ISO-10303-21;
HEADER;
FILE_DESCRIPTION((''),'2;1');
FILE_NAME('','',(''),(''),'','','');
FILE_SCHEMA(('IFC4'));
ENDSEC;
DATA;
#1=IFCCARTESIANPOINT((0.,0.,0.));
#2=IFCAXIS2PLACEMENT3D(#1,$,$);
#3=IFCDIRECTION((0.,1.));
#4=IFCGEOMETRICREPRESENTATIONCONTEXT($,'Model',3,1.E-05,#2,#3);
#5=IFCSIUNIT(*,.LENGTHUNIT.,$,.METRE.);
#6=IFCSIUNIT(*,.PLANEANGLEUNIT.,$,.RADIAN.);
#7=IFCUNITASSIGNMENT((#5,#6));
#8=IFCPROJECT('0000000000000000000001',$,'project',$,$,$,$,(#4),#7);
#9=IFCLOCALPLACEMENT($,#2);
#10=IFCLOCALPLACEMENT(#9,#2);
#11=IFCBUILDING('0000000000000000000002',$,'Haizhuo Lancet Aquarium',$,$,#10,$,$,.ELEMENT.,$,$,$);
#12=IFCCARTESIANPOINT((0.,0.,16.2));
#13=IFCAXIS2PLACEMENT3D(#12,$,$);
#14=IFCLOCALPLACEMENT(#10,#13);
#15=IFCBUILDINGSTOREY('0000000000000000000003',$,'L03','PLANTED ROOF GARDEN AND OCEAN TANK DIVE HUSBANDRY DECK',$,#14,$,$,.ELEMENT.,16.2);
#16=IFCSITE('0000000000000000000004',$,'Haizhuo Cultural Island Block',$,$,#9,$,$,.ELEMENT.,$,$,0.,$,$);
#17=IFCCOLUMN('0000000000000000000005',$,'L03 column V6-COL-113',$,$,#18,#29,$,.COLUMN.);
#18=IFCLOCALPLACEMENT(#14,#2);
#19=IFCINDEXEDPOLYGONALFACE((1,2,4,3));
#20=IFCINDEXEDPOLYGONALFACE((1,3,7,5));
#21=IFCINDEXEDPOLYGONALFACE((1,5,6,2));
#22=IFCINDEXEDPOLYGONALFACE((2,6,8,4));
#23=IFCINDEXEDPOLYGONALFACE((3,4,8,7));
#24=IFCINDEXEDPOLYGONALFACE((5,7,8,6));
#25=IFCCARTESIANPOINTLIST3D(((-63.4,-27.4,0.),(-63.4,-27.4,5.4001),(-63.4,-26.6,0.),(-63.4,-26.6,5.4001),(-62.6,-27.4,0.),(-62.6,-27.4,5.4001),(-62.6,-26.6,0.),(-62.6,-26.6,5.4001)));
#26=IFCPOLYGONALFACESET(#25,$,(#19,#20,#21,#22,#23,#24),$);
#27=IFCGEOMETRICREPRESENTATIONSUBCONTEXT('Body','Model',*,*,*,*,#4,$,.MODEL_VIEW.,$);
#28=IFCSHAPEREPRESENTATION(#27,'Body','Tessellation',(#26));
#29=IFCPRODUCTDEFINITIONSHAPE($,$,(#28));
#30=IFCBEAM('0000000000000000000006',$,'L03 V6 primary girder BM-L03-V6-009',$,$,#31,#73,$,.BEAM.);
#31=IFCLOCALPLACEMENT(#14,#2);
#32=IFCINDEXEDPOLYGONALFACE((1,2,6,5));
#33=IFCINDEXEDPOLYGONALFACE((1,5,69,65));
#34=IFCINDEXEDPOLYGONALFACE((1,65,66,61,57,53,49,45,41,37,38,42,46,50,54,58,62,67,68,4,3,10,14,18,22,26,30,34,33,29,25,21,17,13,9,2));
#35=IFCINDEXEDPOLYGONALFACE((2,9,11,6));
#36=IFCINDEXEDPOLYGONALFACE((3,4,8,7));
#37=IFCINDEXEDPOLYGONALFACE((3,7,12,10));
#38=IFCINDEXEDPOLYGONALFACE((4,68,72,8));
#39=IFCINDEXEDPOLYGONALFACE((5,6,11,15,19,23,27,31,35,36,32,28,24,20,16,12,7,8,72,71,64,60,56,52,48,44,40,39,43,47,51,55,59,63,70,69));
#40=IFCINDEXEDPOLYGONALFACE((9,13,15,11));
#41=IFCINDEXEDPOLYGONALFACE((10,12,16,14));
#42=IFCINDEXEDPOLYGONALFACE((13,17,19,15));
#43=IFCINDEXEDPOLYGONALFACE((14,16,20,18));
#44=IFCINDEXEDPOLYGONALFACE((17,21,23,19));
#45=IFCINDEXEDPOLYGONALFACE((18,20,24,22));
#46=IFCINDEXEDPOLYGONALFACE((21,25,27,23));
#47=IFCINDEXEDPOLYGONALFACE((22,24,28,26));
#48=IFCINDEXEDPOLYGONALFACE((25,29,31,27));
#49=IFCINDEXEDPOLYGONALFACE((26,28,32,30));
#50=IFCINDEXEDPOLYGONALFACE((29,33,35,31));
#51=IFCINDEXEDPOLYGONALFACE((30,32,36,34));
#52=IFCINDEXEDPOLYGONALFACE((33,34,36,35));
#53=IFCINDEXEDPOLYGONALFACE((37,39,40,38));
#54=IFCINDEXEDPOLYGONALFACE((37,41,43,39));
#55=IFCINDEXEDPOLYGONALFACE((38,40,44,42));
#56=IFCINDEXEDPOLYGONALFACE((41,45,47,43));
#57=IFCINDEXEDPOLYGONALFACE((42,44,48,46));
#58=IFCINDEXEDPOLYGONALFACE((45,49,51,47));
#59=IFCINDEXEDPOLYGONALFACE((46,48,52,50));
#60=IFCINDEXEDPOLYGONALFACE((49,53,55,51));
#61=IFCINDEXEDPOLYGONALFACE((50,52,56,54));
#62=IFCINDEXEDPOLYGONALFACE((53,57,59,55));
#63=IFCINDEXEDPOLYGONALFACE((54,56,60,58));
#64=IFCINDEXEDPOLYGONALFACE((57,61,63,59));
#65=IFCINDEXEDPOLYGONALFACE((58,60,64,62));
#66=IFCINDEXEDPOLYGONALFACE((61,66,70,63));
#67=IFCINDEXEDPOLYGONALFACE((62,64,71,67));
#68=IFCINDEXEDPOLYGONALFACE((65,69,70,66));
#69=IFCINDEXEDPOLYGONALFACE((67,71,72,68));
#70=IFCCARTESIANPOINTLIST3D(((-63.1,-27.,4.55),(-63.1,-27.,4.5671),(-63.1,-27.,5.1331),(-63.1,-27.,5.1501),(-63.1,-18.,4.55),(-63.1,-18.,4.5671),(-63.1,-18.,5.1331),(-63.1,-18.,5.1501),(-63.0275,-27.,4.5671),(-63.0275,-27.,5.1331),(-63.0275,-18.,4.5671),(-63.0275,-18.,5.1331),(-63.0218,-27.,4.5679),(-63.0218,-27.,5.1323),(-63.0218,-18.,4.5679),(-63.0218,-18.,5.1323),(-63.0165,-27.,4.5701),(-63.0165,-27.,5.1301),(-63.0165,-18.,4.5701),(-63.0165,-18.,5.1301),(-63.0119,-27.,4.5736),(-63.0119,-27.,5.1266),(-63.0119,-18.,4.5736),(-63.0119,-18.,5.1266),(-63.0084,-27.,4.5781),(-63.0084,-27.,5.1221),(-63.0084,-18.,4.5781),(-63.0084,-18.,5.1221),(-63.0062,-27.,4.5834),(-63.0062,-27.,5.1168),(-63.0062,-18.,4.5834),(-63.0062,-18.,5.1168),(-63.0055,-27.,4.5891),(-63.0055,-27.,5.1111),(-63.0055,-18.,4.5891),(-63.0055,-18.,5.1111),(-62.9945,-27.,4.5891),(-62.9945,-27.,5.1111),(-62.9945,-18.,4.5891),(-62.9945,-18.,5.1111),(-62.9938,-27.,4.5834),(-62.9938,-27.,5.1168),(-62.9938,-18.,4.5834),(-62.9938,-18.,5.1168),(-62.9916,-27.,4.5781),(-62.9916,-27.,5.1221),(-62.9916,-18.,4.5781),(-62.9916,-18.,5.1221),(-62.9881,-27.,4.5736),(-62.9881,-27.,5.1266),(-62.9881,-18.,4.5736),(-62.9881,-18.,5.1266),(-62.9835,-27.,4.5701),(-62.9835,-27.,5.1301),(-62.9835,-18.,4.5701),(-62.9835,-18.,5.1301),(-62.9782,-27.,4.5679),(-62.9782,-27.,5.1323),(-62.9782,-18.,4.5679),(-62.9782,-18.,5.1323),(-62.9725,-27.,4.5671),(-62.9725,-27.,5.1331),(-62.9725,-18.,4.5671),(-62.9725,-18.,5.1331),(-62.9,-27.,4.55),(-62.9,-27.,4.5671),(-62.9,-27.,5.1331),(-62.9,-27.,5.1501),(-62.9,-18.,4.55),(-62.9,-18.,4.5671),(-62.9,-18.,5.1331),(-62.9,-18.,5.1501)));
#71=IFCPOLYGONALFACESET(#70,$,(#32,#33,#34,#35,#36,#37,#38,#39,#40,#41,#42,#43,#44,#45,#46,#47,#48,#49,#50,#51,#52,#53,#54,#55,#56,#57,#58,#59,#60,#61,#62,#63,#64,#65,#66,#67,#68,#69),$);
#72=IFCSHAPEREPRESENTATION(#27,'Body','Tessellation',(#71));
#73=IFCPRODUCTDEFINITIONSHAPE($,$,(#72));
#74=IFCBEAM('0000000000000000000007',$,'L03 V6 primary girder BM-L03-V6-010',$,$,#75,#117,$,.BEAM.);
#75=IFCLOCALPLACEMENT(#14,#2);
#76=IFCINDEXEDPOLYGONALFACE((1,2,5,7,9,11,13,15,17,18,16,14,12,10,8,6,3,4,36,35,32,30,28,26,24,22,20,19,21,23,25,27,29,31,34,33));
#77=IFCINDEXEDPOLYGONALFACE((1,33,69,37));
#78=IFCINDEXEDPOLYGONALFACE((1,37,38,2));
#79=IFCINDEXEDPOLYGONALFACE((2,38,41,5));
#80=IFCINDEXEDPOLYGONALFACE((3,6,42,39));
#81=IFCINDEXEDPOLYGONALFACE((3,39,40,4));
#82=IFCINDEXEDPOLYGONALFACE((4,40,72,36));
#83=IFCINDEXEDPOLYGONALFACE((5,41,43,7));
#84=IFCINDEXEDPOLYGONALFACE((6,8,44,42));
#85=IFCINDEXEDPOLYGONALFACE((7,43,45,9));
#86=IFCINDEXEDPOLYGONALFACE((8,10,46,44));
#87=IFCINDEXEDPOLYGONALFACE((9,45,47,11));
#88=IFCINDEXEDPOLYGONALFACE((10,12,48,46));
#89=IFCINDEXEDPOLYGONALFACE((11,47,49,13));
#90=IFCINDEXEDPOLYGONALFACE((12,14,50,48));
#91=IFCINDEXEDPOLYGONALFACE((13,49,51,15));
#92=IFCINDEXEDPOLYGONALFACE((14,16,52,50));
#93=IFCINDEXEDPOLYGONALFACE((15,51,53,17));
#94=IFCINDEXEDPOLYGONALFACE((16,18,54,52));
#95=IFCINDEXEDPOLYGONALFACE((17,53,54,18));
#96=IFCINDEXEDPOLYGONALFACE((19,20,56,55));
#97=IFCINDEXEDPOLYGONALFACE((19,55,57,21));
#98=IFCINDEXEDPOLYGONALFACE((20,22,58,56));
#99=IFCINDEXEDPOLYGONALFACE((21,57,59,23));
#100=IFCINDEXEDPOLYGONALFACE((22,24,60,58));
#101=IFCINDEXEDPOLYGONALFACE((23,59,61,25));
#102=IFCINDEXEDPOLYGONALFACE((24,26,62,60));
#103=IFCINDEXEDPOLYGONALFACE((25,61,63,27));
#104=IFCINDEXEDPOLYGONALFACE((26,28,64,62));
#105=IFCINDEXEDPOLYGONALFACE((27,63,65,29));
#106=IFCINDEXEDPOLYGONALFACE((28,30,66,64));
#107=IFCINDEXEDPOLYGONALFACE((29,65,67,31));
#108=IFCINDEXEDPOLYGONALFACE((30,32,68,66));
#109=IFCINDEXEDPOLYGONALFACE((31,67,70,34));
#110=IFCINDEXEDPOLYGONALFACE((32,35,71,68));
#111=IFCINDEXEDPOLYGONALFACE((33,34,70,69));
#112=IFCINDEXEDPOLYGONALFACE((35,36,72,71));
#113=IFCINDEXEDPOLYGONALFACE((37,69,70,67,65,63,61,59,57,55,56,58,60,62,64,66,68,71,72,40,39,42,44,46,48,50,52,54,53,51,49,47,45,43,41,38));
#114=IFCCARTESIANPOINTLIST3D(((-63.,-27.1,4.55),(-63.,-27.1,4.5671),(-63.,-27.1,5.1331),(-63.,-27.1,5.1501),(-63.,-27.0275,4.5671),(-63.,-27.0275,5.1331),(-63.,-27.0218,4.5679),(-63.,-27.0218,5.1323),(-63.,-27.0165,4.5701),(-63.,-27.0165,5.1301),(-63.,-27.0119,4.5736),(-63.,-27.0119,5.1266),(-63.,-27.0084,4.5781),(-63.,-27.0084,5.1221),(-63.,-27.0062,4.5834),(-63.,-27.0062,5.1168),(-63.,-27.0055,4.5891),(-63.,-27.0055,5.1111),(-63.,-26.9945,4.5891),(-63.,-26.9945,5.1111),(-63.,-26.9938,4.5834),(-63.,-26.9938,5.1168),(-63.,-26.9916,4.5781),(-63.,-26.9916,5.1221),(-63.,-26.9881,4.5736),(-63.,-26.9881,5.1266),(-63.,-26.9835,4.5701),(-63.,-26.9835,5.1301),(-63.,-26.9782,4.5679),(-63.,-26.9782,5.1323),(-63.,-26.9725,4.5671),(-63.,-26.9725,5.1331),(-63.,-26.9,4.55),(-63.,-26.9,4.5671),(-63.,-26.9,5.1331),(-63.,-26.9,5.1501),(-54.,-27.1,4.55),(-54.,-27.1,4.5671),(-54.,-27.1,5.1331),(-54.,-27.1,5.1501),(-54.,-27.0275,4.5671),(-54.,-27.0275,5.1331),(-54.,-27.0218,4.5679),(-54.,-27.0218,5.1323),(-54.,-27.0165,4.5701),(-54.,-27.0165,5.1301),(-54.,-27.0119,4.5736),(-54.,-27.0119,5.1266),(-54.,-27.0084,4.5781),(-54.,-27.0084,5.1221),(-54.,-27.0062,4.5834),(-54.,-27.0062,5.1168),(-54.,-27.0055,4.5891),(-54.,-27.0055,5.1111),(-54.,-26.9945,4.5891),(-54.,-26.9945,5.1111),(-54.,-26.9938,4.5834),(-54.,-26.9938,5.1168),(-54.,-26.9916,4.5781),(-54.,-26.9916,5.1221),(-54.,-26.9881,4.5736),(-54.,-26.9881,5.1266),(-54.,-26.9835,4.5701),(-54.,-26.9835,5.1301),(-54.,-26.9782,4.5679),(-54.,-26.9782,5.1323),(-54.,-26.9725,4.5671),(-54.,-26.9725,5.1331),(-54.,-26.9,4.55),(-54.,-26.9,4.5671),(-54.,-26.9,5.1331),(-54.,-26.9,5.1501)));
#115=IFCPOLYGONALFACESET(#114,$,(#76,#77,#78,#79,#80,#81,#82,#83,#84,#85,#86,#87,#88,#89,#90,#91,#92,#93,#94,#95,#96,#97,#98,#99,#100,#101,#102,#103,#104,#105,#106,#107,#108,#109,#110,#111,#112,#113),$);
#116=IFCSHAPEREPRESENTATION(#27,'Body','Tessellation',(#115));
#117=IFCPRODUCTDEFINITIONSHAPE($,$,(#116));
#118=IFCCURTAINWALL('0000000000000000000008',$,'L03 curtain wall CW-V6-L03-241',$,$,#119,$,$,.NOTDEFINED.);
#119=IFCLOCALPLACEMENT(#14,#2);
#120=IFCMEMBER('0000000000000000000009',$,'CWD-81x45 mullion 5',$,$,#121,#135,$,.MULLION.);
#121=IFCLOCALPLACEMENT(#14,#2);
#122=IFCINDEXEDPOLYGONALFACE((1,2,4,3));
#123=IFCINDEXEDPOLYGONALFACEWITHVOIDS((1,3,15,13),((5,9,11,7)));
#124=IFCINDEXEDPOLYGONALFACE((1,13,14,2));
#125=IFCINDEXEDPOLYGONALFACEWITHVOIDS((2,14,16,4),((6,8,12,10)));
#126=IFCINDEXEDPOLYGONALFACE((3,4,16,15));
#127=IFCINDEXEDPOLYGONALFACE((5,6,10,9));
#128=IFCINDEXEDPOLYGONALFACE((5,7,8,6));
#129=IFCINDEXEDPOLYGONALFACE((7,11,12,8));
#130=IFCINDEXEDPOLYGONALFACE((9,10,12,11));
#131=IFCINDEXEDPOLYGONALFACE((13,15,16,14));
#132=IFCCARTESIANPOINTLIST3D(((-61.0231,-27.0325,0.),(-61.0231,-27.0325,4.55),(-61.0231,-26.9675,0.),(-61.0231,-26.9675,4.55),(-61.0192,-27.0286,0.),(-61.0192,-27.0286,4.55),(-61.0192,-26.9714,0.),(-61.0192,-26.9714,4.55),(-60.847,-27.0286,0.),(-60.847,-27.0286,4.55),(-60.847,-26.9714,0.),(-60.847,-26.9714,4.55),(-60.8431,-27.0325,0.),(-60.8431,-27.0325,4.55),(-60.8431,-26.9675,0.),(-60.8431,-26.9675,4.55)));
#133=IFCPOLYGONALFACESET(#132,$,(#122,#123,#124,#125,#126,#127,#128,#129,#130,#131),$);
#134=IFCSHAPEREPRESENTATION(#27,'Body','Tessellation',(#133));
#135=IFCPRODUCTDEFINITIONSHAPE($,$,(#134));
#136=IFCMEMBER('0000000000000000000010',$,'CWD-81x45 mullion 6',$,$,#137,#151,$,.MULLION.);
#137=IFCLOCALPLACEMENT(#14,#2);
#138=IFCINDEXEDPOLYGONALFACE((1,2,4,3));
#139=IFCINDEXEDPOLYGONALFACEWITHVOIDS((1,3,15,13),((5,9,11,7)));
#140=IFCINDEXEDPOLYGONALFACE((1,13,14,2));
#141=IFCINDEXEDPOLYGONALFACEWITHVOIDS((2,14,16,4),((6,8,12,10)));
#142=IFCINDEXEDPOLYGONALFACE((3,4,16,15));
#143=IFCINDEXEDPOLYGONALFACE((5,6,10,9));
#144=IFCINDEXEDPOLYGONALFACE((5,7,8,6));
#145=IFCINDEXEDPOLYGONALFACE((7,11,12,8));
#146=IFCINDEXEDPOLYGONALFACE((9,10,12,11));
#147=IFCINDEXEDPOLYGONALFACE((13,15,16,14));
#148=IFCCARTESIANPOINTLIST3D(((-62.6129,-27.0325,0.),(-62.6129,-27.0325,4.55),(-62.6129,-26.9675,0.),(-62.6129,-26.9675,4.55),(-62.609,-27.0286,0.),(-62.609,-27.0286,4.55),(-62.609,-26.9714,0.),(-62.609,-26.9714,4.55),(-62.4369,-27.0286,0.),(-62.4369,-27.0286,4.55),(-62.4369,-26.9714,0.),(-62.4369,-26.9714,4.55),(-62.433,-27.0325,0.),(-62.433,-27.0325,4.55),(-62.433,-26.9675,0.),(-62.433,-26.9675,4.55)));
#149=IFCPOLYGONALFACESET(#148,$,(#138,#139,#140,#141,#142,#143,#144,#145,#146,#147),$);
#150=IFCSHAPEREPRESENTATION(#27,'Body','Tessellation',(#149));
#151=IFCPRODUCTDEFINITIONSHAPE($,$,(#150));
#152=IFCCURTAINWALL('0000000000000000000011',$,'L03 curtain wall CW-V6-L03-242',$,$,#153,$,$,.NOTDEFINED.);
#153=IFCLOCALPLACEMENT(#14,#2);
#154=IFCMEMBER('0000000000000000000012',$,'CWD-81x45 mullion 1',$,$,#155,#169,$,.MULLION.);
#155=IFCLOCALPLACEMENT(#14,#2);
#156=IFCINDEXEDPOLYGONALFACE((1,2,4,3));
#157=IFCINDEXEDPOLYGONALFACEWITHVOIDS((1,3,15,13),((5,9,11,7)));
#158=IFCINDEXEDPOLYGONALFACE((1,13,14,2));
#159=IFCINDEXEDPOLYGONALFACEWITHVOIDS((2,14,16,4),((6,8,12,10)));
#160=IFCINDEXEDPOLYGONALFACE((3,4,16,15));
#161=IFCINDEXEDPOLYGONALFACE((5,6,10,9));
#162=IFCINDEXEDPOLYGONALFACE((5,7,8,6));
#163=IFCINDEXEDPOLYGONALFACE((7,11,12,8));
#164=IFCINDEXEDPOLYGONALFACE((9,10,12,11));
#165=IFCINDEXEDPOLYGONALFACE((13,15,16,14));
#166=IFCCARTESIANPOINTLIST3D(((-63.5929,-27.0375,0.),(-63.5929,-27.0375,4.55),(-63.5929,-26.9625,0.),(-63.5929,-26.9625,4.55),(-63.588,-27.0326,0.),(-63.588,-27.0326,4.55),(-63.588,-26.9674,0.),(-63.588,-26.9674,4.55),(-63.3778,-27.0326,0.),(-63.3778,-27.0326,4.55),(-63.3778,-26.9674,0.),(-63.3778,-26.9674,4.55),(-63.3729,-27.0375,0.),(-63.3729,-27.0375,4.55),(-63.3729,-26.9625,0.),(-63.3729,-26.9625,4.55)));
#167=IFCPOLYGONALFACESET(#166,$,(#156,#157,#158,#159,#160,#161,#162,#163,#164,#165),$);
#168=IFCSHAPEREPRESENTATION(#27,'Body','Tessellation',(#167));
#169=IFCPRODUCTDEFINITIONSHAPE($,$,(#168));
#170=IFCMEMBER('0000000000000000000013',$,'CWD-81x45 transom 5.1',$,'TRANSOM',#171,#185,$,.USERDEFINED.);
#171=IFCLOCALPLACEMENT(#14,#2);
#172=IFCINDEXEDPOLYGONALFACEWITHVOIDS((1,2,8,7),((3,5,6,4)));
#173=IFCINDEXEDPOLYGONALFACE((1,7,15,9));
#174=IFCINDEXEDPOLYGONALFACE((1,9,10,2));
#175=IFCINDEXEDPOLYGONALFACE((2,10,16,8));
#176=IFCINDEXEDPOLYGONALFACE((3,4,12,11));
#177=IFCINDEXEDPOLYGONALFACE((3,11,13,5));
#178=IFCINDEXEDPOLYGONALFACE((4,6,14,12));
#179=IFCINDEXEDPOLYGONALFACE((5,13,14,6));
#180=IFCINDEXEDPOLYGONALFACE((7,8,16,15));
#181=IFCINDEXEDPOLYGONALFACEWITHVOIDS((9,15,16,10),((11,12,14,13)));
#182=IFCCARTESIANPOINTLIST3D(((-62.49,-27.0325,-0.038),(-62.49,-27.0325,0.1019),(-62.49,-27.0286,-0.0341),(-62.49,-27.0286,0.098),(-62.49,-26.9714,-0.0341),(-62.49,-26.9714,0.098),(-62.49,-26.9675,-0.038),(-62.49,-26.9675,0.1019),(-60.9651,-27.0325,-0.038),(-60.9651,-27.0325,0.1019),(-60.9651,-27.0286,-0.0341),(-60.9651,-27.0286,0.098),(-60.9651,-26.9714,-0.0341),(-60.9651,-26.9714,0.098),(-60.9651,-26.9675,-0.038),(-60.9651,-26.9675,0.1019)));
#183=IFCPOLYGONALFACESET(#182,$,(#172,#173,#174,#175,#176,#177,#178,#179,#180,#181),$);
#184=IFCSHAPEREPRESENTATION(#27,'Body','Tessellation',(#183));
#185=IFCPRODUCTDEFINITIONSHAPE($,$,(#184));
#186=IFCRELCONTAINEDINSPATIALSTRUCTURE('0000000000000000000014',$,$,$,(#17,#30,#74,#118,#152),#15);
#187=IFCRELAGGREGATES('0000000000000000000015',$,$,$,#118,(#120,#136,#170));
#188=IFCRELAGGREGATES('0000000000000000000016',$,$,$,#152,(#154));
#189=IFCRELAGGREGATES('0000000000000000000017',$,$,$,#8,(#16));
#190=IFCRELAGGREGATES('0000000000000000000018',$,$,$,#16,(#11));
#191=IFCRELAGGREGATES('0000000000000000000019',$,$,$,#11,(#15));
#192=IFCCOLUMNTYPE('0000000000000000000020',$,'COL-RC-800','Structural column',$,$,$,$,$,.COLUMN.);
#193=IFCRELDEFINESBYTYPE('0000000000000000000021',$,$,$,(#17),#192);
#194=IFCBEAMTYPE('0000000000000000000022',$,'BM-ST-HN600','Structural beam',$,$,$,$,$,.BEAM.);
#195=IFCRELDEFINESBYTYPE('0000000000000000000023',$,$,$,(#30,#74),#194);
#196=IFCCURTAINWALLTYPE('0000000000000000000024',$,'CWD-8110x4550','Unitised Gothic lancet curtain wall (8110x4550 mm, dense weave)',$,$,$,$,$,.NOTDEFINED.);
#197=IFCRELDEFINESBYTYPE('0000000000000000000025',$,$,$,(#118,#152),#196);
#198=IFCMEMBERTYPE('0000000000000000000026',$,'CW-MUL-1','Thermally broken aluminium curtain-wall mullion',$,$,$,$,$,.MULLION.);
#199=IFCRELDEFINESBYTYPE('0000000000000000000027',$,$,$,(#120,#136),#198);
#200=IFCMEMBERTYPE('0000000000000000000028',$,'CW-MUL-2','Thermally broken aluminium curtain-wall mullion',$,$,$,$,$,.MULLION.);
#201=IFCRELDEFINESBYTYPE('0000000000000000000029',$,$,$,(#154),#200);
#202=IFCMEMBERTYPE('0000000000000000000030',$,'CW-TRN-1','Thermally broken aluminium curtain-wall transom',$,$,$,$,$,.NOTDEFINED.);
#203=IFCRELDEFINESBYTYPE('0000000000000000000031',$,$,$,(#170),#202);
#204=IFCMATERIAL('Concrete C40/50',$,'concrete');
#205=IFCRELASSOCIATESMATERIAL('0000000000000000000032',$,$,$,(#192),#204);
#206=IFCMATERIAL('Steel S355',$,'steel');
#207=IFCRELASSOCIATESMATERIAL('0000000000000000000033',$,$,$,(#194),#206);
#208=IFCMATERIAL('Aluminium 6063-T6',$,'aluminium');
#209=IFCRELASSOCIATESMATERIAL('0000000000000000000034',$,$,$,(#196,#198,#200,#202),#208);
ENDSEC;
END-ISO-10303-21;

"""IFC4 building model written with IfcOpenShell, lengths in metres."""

from ifc_helpers import new_model, si_unit, direction, frame, origin, origin_2d, place, context, subcontext, project, spatial, rectangle, hollow_rectangle, i_section, extrude, material, material_profile, profile_set, type_object, element, aggregate, save


model = new_model("IFC4")

# Units and contexts
model_context = context("Model", 3, precision=1e-05, world=origin(), true_north=direction((0.0, 1.0)))
body_context = subcontext(model_context, "Body", "Model", "MODEL_VIEW")
ifc_project = project(units=[si_unit("LENGTHUNIT", "METRE"), si_unit("PLANEANGLEUNIT", "RADIAN")], contexts=[model_context])

# Site, building, storey
site_placement = place(None, origin())
site = spatial("IfcSite", under=ifc_project, at=site_placement, Name="Haizhuo Cultural Island Block", CompositionType="ELEMENT", RefElevation=0.0)
building_placement = place(site_placement, origin())
building = spatial("IfcBuilding", under=site, at=building_placement, Name="Haizhuo Lancet Aquarium", CompositionType="ELEMENT")
storey_placement = place(building_placement, frame((0.0, 0.0, 16.2)))
storey = spatial("IfcBuildingStorey", under=building, at=storey_placement, Name="L03", Description="PLANTED ROOF GARDEN AND OCEAN TANK DIVE HUSBANDRY DECK", CompositionType="ELEMENT", Elevation=16.2)

# Column
ifc_material_1 = material(Name="Concrete C40/50", Category="concrete")
ifc_material_profile_1 = material_profile(ifc_material_1, rectangle(XDim=0.8, YDim=0.8, at=origin_2d()), Name="RC-COL 800x800")
ifc_profile_set_1 = profile_set([ifc_material_profile_1], Name="Concrete C40/50")
column_type = type_object("IfcColumnType", Name="COL-RC-800", Description="Structural column", PredefinedType="COLUMN", material=ifc_profile_set_1)
column_placement = place(storey_placement, frame((-63.0, -27.0, 0.0), z_axis=(0.0, 0.0, 1.0), x_axis=(1.0, 0.0, 0.0)))
element("IfcColumn", 1, at=column_placement, inside=storey, type_object=column_type, Name="L03 column V6-COL-113", PredefinedType="COLUMN", context=body_context, shape_type="SweptSolid", body=[
    extrude(rectangle(XDim=0.8, YDim=0.8, at=origin_2d()), origin(), (0.0, 0.0, 1.0), 5.4001),
])

# Beams
ifc_material_2 = material(Name="Steel S355", Category="steel")
ifc_material_profile_2 = material_profile(ifc_material_2, i_section(OverallWidth=0.2, OverallDepth=0.6001, WebThickness=0.011, FlangeThickness=0.0171, FilletRadius=0.022, at=origin_2d()), Name="HN 600x200x11x17")
ifc_profile_set_2 = profile_set([ifc_material_profile_2], Name="Steel S355")
beam_type = type_object("IfcBeamType", Name="BM-ST-HN600", Description="Structural beam", PredefinedType="BEAM", material=ifc_profile_set_2)
for number, where, z_axis, x_axis, name in (
    (2, (-63.0, -27.0, 4.8501), (0.0, 1.0, 0.0), (-1.0, 0.0, 0.0), "L03 V6 primary girder BM-L03-V6-009"),
    (3, (-63.0, -27.0, 4.8501), (1.0, 0.0, 0.0), (0.0, 1.0, 0.0), "L03 V6 primary girder BM-L03-V6-010"),
):
    element("IfcBeam", number, at=place(storey_placement, frame(where, z_axis=z_axis, x_axis=x_axis)), inside=storey, type_object=beam_type, Name=name, PredefinedType="BEAM", context=body_context, shape_type="SweptSolid", body=[
        extrude(i_section(OverallWidth=0.2, OverallDepth=0.6001, WebThickness=0.011, FlangeThickness=0.0171, FilletRadius=0.022, at=origin_2d()), origin(), (0.0, 0.0, 1.0), 9.0),
    ])

# Curtain wall, members
ifc_material_3 = material(Name="Aluminium 6063-T6", Category="aluminium")
curtain_wall_type = type_object("IfcCurtainWallType", Name="CWD-8110x4550", Description="Unitised Gothic lancet curtain wall (8110x4550 mm, dense weave)", PredefinedType="NOTDEFINED", material=ifc_material_3)
curtain_wall_1_placement = place(storey_placement, origin())
curtain_wall_1 = element("IfcCurtainWall", 4, at=curtain_wall_1_placement, inside=storey, type_object=curtain_wall_type, Name="L03 curtain wall CW-V6-L03-241", PredefinedType="NOTDEFINED")
ifc_material_profile_3 = material_profile(ifc_material_3, hollow_rectangle(XDim=0.0649, YDim=0.1799, WallThickness=0.0039, at=origin_2d()), Name="ALU-M 65x180x4")
ifc_profile_set_3 = profile_set([ifc_material_profile_3], Name="Aluminium 6063-T6")
member_type_1 = type_object("IfcMemberType", Name="CW-MUL-1", Description="Thermally broken aluminium curtain-wall mullion", PredefinedType="MULLION", material=ifc_profile_set_3)
member_1_placement = place(storey_placement, frame((-60.9331, -27.0, 0.0), z_axis=(0.0, 0.0, 1.0), x_axis=(0.0, -1.0, 0.0)))
member_1 = element("IfcMember", 5, at=member_1_placement, type_object=member_type_1, Name="CWD-81x45 mullion 5", PredefinedType="MULLION", context=body_context, shape_type="SweptSolid", body=[
    extrude(hollow_rectangle(XDim=0.0649, YDim=0.1799, WallThickness=0.0039, at=origin_2d()), origin(), (0.0, 0.0, 1.0), 4.55),
])
member_2_placement = place(storey_placement, frame((-62.5229, -27.0, 0.0), z_axis=(0.0, 0.0, 1.0), x_axis=(0.0, -1.0, 0.0)))
member_2 = element("IfcMember", 6, at=member_2_placement, type_object=member_type_1, Name="CWD-81x45 mullion 6", PredefinedType="MULLION", context=body_context, shape_type="SweptSolid", body=[
    extrude(hollow_rectangle(XDim=0.0649, YDim=0.1799, WallThickness=0.0039, at=origin_2d()), origin(), (0.0, 0.0, 1.0), 4.55),
])

# Curtain wall, member
curtain_wall_2_placement = place(storey_placement, origin())
curtain_wall_2 = element("IfcCurtainWall", 7, at=curtain_wall_2_placement, inside=storey, type_object=curtain_wall_type, Name="L03 curtain wall CW-V6-L03-242", PredefinedType="NOTDEFINED")
ifc_material_profile_4 = material_profile(ifc_material_3, hollow_rectangle(XDim=0.075, YDim=0.22, WallThickness=0.0049, at=origin_2d()), Name="ALU-M 75x220x5")
ifc_profile_set_4 = profile_set([ifc_material_profile_4], Name="Aluminium 6063-T6")
member_type_2 = type_object("IfcMemberType", Name="CW-MUL-2", Description="Thermally broken aluminium curtain-wall mullion", PredefinedType="MULLION", material=ifc_profile_set_4)
member_3_placement = place(storey_placement, frame((-63.4829, -27.0, 0.0), z_axis=(0.0, 0.0, 1.0), x_axis=(0.0, -1.0, 0.0)))
member_3 = element("IfcMember", 8, at=member_3_placement, type_object=member_type_2, Name="CWD-81x45 mullion 1", PredefinedType="MULLION", context=body_context, shape_type="SweptSolid", body=[
    extrude(hollow_rectangle(XDim=0.075, YDim=0.22, WallThickness=0.0049, at=origin_2d()), origin(), (0.0, 0.0, 1.0), 4.55),
])

# Member
ifc_material_profile_5 = material_profile(ifc_material_3, hollow_rectangle(XDim=0.0649, YDim=0.1399, WallThickness=0.0039, at=origin_2d()), Name="ALU-T 65x140x4")
ifc_profile_set_5 = profile_set([ifc_material_profile_5], Name="Aluminium 6063-T6")
member_type_3 = type_object("IfcMemberType", Name="CW-TRN-1", Description="Thermally broken aluminium curtain-wall transom", PredefinedType="NOTDEFINED", material=ifc_profile_set_5)
member_4_placement = place(storey_placement, frame((-60.9651, -27.0, 0.032), z_axis=(-1.0, 0.0, 0.0), x_axis=(0.0, -1.0, 0.0)))
member_4 = element("IfcMember", 9, at=member_4_placement, type_object=member_type_3, Name="CWD-81x45 transom 5.1", ObjectType="TRANSOM", PredefinedType="USERDEFINED", context=body_context, shape_type="SweptSolid", body=[
    extrude(hollow_rectangle(XDim=0.0649, YDim=0.1399, WallThickness=0.0039, at=origin_2d()), origin(), (0.0, 0.0, 1.0), 1.5249),
])

aggregate(curtain_wall_1, [member_1, member_2, member_4])
aggregate(curtain_wall_2, [member_3])

save(model, "model.ifc")
